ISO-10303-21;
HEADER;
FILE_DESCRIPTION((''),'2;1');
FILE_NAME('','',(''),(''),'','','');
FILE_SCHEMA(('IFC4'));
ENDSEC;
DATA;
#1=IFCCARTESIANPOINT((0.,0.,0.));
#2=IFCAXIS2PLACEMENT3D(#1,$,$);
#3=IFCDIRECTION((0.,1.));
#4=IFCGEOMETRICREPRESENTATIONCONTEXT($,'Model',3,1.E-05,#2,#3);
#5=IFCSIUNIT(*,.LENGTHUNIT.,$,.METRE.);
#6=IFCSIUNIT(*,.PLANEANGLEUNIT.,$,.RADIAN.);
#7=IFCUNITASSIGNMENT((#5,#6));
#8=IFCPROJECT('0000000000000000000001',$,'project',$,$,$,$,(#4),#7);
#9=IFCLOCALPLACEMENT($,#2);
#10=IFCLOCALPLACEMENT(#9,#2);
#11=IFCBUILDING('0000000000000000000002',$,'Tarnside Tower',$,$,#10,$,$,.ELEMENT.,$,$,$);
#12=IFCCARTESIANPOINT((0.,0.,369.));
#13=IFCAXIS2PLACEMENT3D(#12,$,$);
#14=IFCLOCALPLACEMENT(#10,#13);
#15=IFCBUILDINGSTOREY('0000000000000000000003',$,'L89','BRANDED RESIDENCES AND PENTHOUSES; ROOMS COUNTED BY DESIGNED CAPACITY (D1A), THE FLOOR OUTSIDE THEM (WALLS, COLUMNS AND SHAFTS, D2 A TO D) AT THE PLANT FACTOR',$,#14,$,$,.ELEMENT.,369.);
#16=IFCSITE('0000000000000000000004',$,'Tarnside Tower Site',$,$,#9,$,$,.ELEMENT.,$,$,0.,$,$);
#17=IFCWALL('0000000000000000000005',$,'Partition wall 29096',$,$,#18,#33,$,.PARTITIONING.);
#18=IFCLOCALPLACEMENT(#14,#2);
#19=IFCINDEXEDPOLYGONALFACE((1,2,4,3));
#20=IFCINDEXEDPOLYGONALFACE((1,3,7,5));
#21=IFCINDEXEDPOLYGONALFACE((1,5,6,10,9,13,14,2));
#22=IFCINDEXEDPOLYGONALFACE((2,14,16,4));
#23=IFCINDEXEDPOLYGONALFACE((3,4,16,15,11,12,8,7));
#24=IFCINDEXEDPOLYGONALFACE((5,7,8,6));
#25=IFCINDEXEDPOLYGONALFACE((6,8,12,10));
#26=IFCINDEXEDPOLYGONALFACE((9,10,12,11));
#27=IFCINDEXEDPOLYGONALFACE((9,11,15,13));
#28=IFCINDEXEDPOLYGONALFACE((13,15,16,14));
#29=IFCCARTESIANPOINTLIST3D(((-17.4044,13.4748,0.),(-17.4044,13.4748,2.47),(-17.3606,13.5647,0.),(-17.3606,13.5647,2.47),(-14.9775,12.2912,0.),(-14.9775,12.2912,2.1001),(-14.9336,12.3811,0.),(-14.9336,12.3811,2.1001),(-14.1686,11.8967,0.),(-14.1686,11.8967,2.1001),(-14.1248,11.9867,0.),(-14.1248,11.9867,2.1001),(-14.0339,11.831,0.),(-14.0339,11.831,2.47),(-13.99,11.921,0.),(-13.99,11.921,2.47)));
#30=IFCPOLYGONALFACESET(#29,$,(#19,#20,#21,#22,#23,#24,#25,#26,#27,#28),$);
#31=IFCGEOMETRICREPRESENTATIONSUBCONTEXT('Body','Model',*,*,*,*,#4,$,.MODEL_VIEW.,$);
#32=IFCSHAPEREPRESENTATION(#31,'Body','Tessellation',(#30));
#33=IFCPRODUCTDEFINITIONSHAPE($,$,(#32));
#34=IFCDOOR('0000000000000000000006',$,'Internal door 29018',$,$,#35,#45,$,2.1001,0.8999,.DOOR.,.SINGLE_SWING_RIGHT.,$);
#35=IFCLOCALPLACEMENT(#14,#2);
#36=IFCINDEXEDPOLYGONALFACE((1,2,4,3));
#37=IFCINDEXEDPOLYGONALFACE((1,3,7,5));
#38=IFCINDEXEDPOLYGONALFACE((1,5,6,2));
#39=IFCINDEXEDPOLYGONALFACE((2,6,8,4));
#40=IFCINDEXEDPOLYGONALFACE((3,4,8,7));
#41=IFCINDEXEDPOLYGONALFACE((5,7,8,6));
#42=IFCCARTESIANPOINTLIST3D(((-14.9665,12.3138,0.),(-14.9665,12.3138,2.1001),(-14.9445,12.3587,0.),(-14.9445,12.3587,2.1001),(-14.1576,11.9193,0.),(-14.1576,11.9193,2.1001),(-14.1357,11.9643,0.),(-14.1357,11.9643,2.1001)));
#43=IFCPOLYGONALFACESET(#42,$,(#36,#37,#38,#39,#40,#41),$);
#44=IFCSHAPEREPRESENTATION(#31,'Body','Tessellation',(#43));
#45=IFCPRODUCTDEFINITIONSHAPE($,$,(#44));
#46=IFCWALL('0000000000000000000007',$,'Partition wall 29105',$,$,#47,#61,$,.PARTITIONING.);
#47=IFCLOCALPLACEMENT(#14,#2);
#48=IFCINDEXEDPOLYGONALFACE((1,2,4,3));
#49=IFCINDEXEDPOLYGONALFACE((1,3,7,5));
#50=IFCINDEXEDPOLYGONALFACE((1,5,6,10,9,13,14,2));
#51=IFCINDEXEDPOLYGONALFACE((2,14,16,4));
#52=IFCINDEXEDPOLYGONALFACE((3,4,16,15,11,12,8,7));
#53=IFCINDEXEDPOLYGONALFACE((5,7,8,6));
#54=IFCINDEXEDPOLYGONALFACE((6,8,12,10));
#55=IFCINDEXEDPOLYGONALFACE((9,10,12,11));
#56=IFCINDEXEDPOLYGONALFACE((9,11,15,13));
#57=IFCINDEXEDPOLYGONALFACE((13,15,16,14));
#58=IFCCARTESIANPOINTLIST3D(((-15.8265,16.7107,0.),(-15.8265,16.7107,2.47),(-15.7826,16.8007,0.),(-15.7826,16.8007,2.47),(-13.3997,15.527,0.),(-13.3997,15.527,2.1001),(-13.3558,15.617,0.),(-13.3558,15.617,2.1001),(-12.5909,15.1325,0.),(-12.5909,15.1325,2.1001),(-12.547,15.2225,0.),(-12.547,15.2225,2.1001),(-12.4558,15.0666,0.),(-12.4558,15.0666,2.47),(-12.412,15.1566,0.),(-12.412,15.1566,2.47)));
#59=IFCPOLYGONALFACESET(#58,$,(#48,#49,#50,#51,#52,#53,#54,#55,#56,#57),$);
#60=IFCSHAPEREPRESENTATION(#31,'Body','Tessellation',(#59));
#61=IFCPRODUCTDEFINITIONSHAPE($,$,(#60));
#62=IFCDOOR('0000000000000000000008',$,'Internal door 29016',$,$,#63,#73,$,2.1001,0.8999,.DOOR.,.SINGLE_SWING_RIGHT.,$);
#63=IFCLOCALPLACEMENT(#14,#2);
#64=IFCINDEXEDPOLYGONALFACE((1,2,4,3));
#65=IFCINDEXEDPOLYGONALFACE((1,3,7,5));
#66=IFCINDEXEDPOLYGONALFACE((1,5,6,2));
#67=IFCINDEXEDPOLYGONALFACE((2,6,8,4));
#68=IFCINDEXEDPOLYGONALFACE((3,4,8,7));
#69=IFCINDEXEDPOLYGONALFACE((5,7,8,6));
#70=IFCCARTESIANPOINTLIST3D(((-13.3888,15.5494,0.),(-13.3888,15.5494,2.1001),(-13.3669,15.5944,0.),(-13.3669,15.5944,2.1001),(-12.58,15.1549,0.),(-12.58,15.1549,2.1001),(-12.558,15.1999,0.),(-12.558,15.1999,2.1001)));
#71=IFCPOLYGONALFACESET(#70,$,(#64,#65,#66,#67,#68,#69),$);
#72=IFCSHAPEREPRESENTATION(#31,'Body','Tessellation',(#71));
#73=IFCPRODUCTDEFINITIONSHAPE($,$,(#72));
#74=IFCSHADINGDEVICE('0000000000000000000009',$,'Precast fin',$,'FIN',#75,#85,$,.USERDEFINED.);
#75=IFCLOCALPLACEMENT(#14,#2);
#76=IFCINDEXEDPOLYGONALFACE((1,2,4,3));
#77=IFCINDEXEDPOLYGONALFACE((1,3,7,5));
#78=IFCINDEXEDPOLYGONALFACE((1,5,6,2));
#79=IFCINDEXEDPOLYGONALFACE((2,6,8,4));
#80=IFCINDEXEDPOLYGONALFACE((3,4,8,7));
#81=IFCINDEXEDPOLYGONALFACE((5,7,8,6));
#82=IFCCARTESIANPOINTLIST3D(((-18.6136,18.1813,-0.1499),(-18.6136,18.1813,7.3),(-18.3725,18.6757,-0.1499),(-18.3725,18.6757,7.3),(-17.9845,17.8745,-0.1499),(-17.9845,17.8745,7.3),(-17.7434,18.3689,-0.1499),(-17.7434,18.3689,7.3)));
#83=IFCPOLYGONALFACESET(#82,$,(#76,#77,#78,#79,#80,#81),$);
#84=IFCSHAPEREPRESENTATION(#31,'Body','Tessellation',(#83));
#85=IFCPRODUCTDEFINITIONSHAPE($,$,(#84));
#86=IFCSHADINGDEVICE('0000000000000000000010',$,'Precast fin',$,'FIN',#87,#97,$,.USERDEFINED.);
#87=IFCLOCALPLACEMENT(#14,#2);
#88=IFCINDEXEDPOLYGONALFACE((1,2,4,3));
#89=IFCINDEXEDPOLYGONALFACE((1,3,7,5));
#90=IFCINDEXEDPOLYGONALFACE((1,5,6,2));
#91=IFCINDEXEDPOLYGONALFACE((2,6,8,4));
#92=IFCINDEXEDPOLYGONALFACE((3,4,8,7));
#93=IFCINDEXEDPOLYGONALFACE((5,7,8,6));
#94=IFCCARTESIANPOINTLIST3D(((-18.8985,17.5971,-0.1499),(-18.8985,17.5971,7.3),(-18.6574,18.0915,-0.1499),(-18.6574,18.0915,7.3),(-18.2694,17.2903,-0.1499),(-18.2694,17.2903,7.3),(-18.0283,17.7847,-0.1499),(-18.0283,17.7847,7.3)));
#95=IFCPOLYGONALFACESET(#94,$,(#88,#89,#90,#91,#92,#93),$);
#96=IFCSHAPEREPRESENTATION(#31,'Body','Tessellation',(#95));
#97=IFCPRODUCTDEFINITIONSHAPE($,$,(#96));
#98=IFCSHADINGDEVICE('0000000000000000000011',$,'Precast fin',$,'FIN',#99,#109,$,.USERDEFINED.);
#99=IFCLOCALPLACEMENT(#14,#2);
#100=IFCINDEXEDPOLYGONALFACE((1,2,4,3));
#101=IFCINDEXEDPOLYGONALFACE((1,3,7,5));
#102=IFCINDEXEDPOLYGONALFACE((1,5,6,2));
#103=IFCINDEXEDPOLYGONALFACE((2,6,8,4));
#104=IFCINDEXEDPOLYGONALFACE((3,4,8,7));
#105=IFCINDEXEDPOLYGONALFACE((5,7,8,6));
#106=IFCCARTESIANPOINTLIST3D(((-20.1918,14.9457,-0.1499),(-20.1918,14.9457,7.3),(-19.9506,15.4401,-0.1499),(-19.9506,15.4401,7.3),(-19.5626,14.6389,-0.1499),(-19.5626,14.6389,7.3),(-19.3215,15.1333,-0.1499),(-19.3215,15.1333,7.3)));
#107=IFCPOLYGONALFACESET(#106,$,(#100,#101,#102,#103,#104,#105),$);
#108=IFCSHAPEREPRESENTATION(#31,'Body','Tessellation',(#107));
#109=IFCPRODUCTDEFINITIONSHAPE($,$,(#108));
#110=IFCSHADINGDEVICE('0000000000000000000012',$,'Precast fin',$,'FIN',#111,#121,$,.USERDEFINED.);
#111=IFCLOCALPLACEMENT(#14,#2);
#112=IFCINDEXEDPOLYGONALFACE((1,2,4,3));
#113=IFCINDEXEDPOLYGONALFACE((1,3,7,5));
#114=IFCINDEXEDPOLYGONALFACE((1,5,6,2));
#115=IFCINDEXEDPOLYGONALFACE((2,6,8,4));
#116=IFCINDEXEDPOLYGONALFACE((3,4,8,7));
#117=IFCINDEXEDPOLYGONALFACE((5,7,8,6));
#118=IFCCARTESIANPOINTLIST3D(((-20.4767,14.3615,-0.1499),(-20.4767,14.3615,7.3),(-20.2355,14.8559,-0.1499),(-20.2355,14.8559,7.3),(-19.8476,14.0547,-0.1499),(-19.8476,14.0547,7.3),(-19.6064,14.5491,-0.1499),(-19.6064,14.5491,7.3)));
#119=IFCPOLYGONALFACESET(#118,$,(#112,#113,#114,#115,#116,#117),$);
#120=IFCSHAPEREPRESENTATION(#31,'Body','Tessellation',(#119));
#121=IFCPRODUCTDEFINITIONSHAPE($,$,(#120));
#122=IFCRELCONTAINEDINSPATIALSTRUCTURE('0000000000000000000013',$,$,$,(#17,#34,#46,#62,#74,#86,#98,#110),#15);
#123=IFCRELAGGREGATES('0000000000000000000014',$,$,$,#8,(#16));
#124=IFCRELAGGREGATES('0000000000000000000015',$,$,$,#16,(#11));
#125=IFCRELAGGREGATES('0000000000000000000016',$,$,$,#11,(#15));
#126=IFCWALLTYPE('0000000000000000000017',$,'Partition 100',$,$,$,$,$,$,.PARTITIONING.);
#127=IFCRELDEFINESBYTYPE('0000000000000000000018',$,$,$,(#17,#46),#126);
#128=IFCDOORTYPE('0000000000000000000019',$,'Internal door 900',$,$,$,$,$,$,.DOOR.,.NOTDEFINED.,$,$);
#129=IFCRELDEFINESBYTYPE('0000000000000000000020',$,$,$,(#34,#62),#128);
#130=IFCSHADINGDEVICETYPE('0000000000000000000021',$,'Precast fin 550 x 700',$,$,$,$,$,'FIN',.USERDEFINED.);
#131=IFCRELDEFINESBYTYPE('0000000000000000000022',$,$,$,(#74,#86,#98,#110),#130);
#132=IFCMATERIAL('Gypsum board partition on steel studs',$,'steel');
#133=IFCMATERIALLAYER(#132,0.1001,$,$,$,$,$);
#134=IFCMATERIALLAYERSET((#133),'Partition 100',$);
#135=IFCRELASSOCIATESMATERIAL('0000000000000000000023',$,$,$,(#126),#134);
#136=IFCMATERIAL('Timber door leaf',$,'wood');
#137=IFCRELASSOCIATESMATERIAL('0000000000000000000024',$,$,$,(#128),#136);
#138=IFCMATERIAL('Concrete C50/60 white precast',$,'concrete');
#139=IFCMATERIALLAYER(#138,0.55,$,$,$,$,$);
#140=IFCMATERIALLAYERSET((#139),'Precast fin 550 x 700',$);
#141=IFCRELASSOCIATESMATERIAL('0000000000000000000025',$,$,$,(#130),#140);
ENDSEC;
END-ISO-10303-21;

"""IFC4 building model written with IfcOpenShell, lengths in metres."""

from ifc_helpers import new_model, si_unit, direction, frame, frame_2d, origin, place, context, subcontext, project, spatial, polyline, rectangle, outline, extrude, material, layer, layer_set, type_object, element, fill, save


model = new_model("IFC4")

# Units and contexts
model_context = context("Model", 3, precision=1e-05, world=origin(), true_north=direction((0.0, 1.0)))
body_context = subcontext(model_context, "Body", "Model", "MODEL_VIEW")
ifc_project = project(units=[si_unit("LENGTHUNIT", "METRE"), si_unit("PLANEANGLEUNIT", "RADIAN")], contexts=[model_context])

# Site, building, storey
site_placement = place(None, origin())
site = spatial("IfcSite", under=ifc_project, at=site_placement, Name="Tarnside Tower Site", CompositionType="ELEMENT", RefElevation=0.0)
building_placement = place(site_placement, origin())
building = spatial("IfcBuilding", under=site, at=building_placement, Name="Tarnside Tower", CompositionType="ELEMENT")
storey_placement = place(building_placement, frame((0.0, 0.0, 369.0)))
storey = spatial("IfcBuildingStorey", under=building, at=storey_placement, Name="L89", Description="BRANDED RESIDENCES AND PENTHOUSES; ROOMS COUNTED BY DESIGNED CAPACITY (D1A), THE FLOOR OUTSIDE THEM (WALLS, COLUMNS AND SHAFTS, D2 A TO D) AT THE PLANT FACTOR", CompositionType="ELEMENT", Elevation=369.0)

# Shared definitions
ifc_material_1 = material(Name="Gypsum board partition on steel studs", Category="steel")
ifc_material_2 = material(Name="Timber door leaf", Category="wood")

# Walls, openings, doors
ifc_layer_1 = layer(ifc_material_1, 0.1001)
ifc_layer_set_1 = layer_set([ifc_layer_1], Name="Partition 100")
wall_type_1 = type_object("IfcWallType", Name="Partition 100", PredefinedType="PARTITIONING", material=ifc_layer_set_1)
wall_1_placement = place(storey_placement, frame((-14.012, 11.876, 0.0), z_axis=(0.0, 0.0, 1.0), x_axis=(-0.89881, 0.438338, 0.0)))
wall_1 = element("IfcWall", 1, at=wall_1_placement, inside=storey, type_object=wall_type_1, Name="Partition wall 29096", PredefinedType="PARTITIONING", context=body_context, shape_type="SweptSolid", body=[
    extrude(rectangle(XDim=3.75, YDim=0.1001, at=frame_2d((1.875, 0.0))), origin(), (0.0, 0.0, 1.0), 2.47),
])
opening_1_placement = place(wall_1_placement, frame((0.1499, 0.0, 0.0)))
opening_1 = element("IfcOpeningElement", 2, at=opening_1_placement, cuts=wall_1, PredefinedType="OPENING", context=body_context, shape_type="SweptSolid", body=[
    extrude(rectangle(XDim=0.8999, YDim=2.1001, at=frame_2d((0.45, 1.05))), frame((0.0, 0.0601, 0.0), z_axis=(0.0, -1.0, 0.0), x_axis=(1.0, 0.0, 0.0)), (0.0, 0.0, 1.0), 0.1201),
])
door_type_1 = type_object("IfcDoorType", Name="Internal door 900", OperationType="NOTDEFINED", PredefinedType="DOOR", material=ifc_material_2)
door_1_placement = place(opening_1_placement, origin())
door_1 = element("IfcDoor", 3, at=door_1_placement, inside=storey, type_object=door_type_1, Name="Internal door 29018", OperationType="SINGLE_SWING_RIGHT", OverallHeight=2.1001, OverallWidth=0.8999, PredefinedType="DOOR", context=body_context, shape_type="SweptSolid", body=[
    extrude(rectangle(XDim=0.8999, YDim=2.1001, at=frame_2d((0.45, 1.05))), frame((0.0, 0.0249, 0.0), z_axis=(0.0, -1.0, 0.0), x_axis=(1.0, 0.0, 0.0)), (0.0, 0.0, 1.0), 0.05),
])
fill(opening_1, door_1)
wall_2_placement = place(storey_placement, frame((-15.8044, 16.7556, 0.0), z_axis=(0.0, 0.0, 1.0), x_axis=(0.898785, -0.43839, 0.0)))
wall_2 = element("IfcWall", 4, at=wall_2_placement, inside=storey, type_object=wall_type_1, Name="Partition wall 29105", PredefinedType="PARTITIONING", context=body_context, shape_type="SweptSolid", body=[
    extrude(rectangle(XDim=3.7502, YDim=0.1001, at=frame_2d((1.875, 0.0))), origin(), (0.0, 0.0, 1.0), 2.47),
])
opening_2_placement = place(wall_2_placement, frame((2.7, 0.0, 0.0)))
opening_2 = element("IfcOpeningElement", 5, at=opening_2_placement, cuts=wall_2, PredefinedType="OPENING", context=body_context, shape_type="SweptSolid", body=[
    extrude(rectangle(XDim=0.8999, YDim=2.1001, at=frame_2d((0.45, 1.05))), frame((0.0, 0.0601, 0.0), z_axis=(0.0, -1.0, 0.0), x_axis=(1.0, 0.0, 0.0)), (0.0, 0.0, 1.0), 0.1201),
])
door_2_placement = place(opening_2_placement, origin())
door_2 = element("IfcDoor", 6, at=door_2_placement, inside=storey, type_object=door_type_1, Name="Internal door 29016", OperationType="SINGLE_SWING_RIGHT", OverallHeight=2.1001, OverallWidth=0.8999, PredefinedType="DOOR", context=body_context, shape_type="SweptSolid", body=[
    extrude(rectangle(XDim=0.8999, YDim=2.1001, at=frame_2d((0.45, 1.05))), frame((0.0, 0.0249, 0.0), z_axis=(0.0, -1.0, 0.0), x_axis=(1.0, 0.0, 0.0)), (0.0, 0.0, 1.0), 0.05),
])
fill(opening_2, door_2)

# Shading devices
ifc_material_3 = material(Name="Concrete C50/60 white precast", Category="concrete")
ifc_layer_2 = layer(ifc_material_3, 0.55)
ifc_layer_set_2 = layer_set([ifc_layer_2], Name="Precast fin 550 x 700")
shading_device_type = type_object("IfcShadingDeviceType", Name="Precast fin 550 x 700", ElementType="FIN", PredefinedType="USERDEFINED", material=ifc_layer_set_2)
for number, where, z_axis, x_axis, name in (
    (7, (-17.864, 18.1216, -0.1499), (0.438371, 0.898794, 0.0), (-0.898794, 0.438371, 0.0), "Precast fin"),
    (8, (-18.1489, 17.5374, -0.1499), (0.438371, 0.898794, 0.0), (-0.898794, 0.438371, 0.0), "Precast fin"),
    (9, (-19.4421, 14.886, -0.1499), (0.438371, 0.898794, 0.0), (-0.898794, 0.438371, 0.0), "Precast fin"),
    (10, (-19.7271, 14.3018, -0.1499), (0.438371, 0.898794, 0.0), (-0.898794, 0.438371, 0.0), "Precast fin"),
):
    element("IfcShadingDevice", number, at=place(storey_placement, frame(where, z_axis=z_axis, x_axis=x_axis)), inside=storey, type_object=shading_device_type, Name=name, ObjectType="FIN", PredefinedType="USERDEFINED", context=body_context, shape_type="SweptSolid", body=[
        extrude(outline(polyline([(0.0, 0.0), (0.7, 0.0), (0.7, 7.45), (0.0, 7.45), (0.0, 0.0)])), frame((0.0, 0.0, -0.2749)), (0.0, 0.0, 1.0), 0.55),
    ])

save(model, "model.ifc")
